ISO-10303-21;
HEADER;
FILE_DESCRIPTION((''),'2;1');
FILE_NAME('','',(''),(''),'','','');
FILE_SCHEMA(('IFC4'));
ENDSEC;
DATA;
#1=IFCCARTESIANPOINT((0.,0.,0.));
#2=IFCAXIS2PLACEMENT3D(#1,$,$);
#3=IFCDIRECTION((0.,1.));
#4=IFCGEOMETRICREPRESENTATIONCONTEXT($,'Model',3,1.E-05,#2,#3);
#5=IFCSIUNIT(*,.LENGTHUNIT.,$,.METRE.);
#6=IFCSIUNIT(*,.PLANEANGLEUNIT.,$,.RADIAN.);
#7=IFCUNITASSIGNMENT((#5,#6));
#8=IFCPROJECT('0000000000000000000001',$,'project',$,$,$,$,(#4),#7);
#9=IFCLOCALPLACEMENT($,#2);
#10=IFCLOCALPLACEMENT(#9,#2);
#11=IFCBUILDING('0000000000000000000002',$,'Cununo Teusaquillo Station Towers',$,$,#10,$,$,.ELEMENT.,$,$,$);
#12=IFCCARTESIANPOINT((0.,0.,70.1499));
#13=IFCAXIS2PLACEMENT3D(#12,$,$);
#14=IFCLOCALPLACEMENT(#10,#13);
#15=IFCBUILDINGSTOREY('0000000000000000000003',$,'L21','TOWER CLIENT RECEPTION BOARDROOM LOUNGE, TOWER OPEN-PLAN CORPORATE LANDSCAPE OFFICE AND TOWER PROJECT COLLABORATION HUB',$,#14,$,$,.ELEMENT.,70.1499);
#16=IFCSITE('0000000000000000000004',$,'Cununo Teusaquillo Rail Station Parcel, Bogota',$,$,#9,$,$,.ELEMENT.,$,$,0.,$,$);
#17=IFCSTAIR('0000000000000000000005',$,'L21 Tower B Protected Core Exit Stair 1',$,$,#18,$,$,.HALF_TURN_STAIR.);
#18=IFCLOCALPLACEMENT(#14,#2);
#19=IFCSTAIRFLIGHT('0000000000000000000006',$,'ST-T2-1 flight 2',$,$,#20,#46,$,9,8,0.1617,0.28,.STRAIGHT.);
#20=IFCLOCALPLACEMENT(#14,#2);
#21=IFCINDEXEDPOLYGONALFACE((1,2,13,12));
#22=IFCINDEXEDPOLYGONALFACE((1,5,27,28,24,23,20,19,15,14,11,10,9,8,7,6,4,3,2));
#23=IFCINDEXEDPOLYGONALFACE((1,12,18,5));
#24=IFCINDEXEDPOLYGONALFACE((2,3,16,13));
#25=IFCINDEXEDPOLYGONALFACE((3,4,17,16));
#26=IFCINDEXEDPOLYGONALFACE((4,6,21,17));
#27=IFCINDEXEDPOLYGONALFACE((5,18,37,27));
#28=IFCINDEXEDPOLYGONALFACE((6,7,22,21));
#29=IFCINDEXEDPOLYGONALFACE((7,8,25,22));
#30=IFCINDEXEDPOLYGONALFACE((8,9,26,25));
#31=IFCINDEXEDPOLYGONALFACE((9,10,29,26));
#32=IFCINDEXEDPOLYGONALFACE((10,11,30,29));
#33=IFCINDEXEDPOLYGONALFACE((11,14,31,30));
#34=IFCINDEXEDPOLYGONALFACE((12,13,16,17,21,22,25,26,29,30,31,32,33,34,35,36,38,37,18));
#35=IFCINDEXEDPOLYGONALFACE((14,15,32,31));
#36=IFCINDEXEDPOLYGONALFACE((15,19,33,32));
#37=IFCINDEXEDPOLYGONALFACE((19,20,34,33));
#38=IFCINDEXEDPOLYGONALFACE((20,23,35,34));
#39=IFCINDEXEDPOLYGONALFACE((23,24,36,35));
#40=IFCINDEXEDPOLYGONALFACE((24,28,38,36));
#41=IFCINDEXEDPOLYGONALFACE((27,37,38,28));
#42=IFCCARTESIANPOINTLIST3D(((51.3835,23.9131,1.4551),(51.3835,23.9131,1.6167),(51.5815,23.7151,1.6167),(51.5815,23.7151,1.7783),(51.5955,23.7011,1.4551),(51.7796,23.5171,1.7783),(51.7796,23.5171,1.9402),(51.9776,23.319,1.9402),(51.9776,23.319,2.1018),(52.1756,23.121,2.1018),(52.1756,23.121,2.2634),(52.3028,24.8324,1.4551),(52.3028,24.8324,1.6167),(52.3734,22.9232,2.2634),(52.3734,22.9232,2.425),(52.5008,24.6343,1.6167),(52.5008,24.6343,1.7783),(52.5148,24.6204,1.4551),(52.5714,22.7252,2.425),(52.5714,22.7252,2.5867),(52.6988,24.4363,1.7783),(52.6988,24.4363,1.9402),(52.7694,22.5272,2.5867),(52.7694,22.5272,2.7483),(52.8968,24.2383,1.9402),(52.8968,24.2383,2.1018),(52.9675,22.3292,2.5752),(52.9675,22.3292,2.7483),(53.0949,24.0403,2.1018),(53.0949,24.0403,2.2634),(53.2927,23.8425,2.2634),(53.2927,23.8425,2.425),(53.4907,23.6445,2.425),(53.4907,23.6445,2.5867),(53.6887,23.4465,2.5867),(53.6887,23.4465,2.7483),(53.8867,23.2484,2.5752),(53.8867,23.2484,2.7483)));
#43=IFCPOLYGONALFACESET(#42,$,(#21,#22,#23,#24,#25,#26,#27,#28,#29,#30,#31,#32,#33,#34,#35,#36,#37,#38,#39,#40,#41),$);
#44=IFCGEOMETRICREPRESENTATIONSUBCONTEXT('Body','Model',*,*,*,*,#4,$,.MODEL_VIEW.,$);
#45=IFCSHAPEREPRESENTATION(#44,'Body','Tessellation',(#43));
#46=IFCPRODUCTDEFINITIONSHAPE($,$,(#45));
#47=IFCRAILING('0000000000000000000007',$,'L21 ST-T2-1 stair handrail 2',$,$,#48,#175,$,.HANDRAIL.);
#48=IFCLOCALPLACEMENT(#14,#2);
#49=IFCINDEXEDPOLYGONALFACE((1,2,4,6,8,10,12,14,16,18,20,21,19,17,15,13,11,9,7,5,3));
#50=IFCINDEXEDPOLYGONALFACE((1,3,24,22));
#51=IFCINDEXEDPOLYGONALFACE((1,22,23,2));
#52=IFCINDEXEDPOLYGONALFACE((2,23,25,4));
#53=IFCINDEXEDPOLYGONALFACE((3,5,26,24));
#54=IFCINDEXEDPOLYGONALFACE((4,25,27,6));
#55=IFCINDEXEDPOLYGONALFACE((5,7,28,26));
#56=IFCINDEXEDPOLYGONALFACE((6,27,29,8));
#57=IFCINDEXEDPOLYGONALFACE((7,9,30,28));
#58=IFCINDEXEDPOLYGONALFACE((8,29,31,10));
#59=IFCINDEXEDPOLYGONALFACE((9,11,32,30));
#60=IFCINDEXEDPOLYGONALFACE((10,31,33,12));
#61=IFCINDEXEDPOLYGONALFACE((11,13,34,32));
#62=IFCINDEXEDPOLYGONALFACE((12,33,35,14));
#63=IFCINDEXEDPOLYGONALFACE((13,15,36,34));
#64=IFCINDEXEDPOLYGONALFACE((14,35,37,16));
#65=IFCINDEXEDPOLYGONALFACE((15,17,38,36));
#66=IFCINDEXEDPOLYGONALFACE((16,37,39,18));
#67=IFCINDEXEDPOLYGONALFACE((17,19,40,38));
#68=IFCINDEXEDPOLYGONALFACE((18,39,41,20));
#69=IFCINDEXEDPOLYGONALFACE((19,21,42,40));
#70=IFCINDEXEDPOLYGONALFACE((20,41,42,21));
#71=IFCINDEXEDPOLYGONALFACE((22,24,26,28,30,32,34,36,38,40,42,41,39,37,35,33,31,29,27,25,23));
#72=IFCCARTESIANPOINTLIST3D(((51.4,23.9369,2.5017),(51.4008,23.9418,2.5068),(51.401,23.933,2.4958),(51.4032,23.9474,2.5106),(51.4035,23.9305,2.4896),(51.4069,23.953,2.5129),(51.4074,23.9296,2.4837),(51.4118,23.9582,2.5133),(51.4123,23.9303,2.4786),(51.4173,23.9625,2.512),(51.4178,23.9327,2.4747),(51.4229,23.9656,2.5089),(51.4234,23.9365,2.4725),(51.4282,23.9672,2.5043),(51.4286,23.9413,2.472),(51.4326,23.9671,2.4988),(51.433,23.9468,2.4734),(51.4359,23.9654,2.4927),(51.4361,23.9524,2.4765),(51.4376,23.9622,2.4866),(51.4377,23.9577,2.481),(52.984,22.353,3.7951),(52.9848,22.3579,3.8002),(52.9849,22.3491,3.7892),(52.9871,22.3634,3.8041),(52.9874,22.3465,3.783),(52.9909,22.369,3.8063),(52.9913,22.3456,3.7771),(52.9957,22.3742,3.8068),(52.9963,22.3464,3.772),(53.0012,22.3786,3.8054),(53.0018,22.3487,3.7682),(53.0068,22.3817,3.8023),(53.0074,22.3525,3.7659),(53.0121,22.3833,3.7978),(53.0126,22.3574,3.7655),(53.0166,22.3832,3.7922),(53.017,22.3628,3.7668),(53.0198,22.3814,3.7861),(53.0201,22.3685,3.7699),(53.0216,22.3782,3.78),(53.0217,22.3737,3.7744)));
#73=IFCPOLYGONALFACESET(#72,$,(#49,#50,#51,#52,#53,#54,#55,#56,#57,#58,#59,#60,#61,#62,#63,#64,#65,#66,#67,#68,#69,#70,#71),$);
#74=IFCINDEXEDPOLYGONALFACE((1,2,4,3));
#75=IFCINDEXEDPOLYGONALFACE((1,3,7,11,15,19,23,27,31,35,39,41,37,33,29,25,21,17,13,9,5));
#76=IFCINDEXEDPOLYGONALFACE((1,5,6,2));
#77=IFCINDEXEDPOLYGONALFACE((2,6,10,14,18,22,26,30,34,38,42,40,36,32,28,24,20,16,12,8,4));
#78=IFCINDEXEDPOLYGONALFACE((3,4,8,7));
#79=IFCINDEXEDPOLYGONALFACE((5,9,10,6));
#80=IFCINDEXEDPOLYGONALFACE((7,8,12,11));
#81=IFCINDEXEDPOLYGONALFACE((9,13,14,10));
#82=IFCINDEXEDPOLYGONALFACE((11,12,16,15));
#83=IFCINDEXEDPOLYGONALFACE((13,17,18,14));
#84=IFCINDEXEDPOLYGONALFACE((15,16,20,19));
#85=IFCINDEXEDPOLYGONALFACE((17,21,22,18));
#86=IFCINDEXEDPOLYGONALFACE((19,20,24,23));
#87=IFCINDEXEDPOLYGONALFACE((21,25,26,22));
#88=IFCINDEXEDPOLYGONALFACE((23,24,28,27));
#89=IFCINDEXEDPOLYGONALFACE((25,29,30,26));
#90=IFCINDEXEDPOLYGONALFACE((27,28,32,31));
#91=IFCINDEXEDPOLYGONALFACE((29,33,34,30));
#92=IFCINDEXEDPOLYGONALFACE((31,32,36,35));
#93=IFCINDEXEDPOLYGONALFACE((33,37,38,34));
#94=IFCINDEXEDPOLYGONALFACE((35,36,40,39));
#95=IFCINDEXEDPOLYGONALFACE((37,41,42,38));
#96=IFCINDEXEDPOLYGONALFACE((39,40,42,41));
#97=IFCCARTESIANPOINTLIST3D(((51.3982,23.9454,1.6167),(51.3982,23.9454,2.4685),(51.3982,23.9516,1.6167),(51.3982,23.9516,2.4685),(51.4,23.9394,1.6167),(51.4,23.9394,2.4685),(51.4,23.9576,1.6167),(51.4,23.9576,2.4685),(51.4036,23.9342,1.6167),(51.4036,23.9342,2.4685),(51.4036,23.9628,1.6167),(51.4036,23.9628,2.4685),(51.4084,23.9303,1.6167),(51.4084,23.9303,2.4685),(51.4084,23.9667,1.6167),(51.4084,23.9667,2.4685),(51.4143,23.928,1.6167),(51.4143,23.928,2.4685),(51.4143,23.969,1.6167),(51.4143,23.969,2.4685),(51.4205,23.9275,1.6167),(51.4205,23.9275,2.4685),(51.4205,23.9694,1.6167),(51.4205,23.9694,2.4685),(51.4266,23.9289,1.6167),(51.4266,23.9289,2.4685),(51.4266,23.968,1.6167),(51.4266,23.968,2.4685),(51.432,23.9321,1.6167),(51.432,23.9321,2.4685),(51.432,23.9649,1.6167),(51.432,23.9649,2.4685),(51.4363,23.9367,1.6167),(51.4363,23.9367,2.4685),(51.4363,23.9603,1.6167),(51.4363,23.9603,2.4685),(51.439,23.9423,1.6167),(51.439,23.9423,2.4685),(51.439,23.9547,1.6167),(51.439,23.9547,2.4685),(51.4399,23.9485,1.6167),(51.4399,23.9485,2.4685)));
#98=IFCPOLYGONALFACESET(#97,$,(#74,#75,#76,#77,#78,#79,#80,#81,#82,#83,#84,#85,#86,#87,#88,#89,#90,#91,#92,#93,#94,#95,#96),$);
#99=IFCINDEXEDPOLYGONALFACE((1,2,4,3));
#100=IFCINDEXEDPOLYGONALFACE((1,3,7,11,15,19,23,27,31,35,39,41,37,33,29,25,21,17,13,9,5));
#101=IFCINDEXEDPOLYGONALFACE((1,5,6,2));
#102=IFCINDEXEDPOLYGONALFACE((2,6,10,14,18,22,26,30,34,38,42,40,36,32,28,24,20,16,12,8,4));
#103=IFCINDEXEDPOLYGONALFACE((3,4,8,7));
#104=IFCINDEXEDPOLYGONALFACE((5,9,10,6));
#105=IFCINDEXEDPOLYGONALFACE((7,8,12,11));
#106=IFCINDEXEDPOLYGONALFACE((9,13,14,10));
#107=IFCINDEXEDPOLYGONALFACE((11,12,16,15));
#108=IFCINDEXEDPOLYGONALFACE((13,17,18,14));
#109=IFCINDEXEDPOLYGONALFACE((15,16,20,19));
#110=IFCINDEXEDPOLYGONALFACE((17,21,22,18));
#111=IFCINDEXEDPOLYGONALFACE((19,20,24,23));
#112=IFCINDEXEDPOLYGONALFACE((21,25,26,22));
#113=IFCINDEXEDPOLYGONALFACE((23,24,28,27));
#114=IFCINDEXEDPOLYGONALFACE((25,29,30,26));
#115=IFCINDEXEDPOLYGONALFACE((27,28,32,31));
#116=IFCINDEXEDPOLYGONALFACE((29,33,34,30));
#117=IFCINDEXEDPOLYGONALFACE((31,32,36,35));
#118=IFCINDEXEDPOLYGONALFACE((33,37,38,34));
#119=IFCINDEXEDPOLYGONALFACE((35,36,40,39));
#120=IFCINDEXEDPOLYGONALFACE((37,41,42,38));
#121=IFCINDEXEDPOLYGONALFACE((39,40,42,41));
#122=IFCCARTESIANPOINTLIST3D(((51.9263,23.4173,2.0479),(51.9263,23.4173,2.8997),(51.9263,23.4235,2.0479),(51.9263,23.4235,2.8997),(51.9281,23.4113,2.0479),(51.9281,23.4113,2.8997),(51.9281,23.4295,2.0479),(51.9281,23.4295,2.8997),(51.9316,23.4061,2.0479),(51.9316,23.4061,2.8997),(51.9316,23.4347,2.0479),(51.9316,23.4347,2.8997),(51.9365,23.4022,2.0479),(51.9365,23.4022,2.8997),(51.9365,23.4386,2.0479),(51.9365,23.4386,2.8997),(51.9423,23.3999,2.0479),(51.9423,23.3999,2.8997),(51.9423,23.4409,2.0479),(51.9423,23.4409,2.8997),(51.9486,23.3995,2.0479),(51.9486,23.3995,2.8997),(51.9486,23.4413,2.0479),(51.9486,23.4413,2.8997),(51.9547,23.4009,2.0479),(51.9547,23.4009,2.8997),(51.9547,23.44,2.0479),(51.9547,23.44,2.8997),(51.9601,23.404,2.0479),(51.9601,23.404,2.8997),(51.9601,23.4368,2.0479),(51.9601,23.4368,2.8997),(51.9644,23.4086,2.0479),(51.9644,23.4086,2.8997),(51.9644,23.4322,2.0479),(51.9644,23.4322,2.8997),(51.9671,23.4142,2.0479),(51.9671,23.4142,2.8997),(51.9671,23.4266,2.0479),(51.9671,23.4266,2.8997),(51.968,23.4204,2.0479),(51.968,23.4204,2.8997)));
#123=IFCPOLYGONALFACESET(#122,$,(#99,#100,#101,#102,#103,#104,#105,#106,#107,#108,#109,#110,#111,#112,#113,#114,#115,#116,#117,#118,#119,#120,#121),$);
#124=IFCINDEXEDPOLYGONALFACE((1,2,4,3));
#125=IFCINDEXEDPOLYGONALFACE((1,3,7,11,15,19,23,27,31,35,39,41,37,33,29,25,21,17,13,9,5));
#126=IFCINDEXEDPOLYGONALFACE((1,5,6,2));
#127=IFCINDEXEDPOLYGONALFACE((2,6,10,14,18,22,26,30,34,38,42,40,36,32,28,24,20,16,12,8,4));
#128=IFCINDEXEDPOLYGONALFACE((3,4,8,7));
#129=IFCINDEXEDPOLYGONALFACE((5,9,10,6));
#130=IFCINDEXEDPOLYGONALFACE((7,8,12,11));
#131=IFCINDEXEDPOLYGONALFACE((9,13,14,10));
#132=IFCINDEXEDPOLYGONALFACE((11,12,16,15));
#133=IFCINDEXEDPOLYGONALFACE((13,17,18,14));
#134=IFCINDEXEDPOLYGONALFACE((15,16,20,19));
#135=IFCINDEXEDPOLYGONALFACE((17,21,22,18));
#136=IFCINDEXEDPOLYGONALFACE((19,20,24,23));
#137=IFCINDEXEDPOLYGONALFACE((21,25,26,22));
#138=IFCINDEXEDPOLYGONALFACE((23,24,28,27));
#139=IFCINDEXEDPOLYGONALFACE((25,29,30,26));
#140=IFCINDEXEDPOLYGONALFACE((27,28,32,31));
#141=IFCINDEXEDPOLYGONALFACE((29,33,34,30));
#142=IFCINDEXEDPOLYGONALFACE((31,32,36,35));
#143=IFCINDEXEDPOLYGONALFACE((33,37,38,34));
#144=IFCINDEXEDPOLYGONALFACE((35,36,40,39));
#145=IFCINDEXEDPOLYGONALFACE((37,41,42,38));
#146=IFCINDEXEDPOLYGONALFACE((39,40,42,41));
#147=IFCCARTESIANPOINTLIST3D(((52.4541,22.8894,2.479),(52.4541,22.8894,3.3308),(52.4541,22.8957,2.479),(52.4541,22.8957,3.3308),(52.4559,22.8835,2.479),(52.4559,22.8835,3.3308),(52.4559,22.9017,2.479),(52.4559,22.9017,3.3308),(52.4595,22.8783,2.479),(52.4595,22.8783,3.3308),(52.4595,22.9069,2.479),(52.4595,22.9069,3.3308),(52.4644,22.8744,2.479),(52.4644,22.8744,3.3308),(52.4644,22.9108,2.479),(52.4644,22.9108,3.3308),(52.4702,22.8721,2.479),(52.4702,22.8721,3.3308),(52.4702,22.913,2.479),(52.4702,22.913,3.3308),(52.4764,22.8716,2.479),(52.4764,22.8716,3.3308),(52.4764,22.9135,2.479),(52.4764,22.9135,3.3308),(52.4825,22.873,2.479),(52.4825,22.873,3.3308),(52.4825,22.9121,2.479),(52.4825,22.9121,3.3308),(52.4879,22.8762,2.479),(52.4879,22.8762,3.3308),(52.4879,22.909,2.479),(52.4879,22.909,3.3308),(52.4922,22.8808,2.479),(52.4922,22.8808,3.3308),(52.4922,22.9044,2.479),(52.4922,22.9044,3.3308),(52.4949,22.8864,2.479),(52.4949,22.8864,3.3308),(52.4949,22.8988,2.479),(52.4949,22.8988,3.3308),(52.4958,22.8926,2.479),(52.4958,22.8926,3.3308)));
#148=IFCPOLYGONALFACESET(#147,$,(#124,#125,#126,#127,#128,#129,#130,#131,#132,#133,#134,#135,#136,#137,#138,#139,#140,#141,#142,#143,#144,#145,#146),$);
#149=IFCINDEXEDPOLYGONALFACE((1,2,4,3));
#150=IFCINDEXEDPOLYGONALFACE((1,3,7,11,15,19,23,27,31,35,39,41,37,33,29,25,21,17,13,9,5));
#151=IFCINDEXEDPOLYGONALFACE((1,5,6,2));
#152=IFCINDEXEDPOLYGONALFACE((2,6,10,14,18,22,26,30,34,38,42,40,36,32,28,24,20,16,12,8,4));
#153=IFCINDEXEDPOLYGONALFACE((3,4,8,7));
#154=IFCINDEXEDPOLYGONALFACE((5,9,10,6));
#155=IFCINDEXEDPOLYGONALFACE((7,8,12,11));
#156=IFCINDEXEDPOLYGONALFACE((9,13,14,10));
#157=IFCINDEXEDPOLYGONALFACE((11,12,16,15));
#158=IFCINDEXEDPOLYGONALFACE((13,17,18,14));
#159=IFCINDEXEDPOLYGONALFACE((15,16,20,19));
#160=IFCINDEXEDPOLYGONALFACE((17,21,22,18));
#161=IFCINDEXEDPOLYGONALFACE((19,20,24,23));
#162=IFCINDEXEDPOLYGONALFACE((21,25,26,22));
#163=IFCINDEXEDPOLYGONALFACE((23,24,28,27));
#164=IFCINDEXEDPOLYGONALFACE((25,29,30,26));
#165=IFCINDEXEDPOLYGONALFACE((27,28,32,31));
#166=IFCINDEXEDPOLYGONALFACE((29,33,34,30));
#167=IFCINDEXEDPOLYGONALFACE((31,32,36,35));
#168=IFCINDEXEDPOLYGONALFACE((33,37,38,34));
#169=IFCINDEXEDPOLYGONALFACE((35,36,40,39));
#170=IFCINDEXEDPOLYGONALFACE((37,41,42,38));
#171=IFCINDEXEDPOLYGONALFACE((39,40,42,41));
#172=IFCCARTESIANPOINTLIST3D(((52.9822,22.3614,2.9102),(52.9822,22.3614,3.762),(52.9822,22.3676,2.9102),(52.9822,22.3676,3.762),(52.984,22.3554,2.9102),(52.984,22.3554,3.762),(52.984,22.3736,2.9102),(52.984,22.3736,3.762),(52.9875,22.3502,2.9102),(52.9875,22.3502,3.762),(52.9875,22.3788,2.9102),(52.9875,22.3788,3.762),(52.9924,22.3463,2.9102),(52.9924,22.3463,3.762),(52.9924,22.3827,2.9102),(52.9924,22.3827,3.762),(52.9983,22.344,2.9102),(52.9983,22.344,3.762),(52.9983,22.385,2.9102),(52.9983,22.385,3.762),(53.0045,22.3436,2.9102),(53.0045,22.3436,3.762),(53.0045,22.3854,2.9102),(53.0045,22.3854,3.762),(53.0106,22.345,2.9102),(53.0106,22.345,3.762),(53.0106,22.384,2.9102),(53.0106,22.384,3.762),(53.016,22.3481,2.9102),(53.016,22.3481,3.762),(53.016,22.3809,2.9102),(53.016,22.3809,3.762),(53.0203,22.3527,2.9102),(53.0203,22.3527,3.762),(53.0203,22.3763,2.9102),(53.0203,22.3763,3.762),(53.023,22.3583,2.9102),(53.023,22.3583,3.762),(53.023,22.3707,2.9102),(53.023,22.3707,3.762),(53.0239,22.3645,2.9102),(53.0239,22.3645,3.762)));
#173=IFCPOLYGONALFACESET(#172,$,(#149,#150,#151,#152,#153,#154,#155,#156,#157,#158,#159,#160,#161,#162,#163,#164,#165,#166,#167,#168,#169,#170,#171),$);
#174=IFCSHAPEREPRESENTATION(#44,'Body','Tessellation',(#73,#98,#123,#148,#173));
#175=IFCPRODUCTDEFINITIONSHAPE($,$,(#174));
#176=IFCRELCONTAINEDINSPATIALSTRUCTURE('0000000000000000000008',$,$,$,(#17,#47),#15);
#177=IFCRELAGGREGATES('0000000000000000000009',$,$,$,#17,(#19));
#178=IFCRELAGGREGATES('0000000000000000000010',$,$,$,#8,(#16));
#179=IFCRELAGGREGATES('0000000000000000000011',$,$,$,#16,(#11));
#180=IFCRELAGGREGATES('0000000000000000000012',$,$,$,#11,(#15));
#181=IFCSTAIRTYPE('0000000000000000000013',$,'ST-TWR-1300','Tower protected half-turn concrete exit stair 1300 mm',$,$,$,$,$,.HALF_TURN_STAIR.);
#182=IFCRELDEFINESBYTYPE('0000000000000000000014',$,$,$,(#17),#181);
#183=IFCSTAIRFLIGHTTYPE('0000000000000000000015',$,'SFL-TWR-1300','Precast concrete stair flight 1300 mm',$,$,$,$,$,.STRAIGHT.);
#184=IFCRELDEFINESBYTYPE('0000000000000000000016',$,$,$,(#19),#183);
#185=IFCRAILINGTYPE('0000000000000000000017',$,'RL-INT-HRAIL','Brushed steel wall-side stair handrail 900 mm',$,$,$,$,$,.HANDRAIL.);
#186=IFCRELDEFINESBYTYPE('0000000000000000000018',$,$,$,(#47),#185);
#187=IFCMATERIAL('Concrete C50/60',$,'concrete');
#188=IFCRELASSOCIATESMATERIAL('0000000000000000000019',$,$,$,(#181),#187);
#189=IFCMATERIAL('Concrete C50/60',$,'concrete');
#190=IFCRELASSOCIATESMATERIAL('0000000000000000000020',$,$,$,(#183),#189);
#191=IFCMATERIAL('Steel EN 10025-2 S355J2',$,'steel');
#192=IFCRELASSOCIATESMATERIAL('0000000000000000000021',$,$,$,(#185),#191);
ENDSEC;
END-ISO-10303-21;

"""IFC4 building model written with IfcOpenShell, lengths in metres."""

from ifc_helpers import new_model, si_unit, direction, frame, origin, origin_2d, place, context, subcontext, project, spatial, polyline, circle, outline, extrude, material, type_object, element, aggregate, save


model = new_model("IFC4")

# Units and contexts
model_context = context("Model", 3, precision=1e-05, world=origin(), true_north=direction((0.0, 1.0)))
body_context = subcontext(model_context, "Body", "Model", "MODEL_VIEW")
ifc_project = project(units=[si_unit("LENGTHUNIT", "METRE"), si_unit("PLANEANGLEUNIT", "RADIAN")], contexts=[model_context])

# Site, building, storey
site_placement = place(None, origin())
site = spatial("IfcSite", under=ifc_project, at=site_placement, Name="Cununo Teusaquillo Rail Station Parcel, Bogota", CompositionType="ELEMENT", RefElevation=0.0)
building_placement = place(site_placement, origin())
building = spatial("IfcBuilding", under=site, at=building_placement, Name="Cununo Teusaquillo Station Towers", CompositionType="ELEMENT")
storey_placement = place(building_placement, frame((0.0, 0.0, 70.1499)))
storey = spatial("IfcBuildingStorey", under=building, at=storey_placement, Name="L21", Description="TOWER CLIENT RECEPTION BOARDROOM LOUNGE, TOWER OPEN-PLAN CORPORATE LANDSCAPE OFFICE AND TOWER PROJECT COLLABORATION HUB", CompositionType="ELEMENT", Elevation=70.1499)

# Stair, stair flight
ifc_material_1 = material(Name="Concrete C50/60", Category="concrete")
stair_type = type_object("IfcStairType", Name="ST-TWR-1300", Description="Tower protected half-turn concrete exit stair 1300 mm", PredefinedType="HALF_TURN_STAIR", material=ifc_material_1)
stair_placement = place(storey_placement, origin())
stair = element("IfcStair", 1, at=stair_placement, inside=storey, type_object=stair_type, Name="L21 Tower B Protected Core Exit Stair 1", PredefinedType="HALF_TURN_STAIR")
ifc_material_2 = material(Name="Concrete C50/60", Category="concrete")
stair_flight_type = type_object("IfcStairFlightType", Name="SFL-TWR-1300", Description="Precast concrete stair flight 1300 mm", PredefinedType="STRAIGHT", material=ifc_material_2)
stair_flight_placement = place(storey_placement, frame((51.8433, 24.3728, 1.4551), z_axis=(0.0, 0.0, 1.0), x_axis=(0.707107, -0.707107, 0.0)))
stair_flight = element("IfcStairFlight", 2, at=stair_flight_placement, type_object=stair_flight_type, Name="ST-T2-1 flight 2", NumberOfRisers=9, NumberOfTreads=8, PredefinedType="STRAIGHT", RiserHeight=0.1617, TreadLength=0.28, context=body_context, shape_type="SweptSolid", body=[
    extrude(outline(polyline([(0.0, 0.0), (0.0, 0.1616), (0.28, 0.1616), (0.28, 0.3232), (0.5601, 0.3232), (0.5601, 0.4851), (0.8401, 0.4851), (0.8401, 0.6467), (1.1201, 0.6467), (1.1201, 0.8083), (1.3999, 0.8083), (1.3999, 0.97), (1.6799, 0.97), (1.6799, 1.1316), (1.96, 1.1316), (1.96, 1.2932), (2.24, 1.2932), (2.24, 1.4551), (2.24, 1.1201), (0.2998, 0.0), (0.0, 0.0)])), frame((0.0, 0.6499, 0.0), z_axis=(0.0, -1.0, 0.0), x_axis=(1.0, 0.0, 0.0)), (0.0, 0.0, 1.0), 1.3),
])
aggregate(stair, [stair_flight])

# Railing
ifc_material_3 = material(Name="Steel EN 10025-2 S355J2", Category="steel")
railing_type = type_object("IfcRailingType", Name="RL-INT-HRAIL", Description="Brushed steel wall-side stair handrail 900 mm", PredefinedType="HANDRAIL", material=ifc_material_3)
railing_placement = place(storey_placement, frame((51.4189, 23.9485, 1.6167)))
element("IfcRailing", 3, at=railing_placement, inside=storey, type_object=railing_type, Name="L21 ST-T2-1 stair handrail 2", PredefinedType="HANDRAIL", context=body_context, shape_type="SweptSolid", body=[
    extrude(circle(Radius=0.0239, at=origin_2d()), frame((0.0, 0.0, 0.876), z_axis=(0.612356, -0.612356, 0.50004), x_axis=(0.707107, 0.707107, 0.0)), (0.0, 0.0, 1.0), 2.5867),
    extrude(circle(Radius=0.021, at=origin_2d()), origin(), (0.0, 0.0, 1.0), 0.8518),
    extrude(circle(Radius=0.021, at=origin_2d()), frame((0.5281, -0.5281, 0.4312)), (0.0, 0.0, 1.0), 0.8518),
    extrude(circle(Radius=0.021, at=origin_2d()), frame((1.0559, -1.0559, 0.8623)), (0.0, 0.0, 1.0), 0.8518),
    extrude(circle(Radius=0.021, at=origin_2d()), frame((1.584, -1.584, 1.2935)), (0.0, 0.0, 1.0), 0.8518),
])

save(model, "model.ifc")
